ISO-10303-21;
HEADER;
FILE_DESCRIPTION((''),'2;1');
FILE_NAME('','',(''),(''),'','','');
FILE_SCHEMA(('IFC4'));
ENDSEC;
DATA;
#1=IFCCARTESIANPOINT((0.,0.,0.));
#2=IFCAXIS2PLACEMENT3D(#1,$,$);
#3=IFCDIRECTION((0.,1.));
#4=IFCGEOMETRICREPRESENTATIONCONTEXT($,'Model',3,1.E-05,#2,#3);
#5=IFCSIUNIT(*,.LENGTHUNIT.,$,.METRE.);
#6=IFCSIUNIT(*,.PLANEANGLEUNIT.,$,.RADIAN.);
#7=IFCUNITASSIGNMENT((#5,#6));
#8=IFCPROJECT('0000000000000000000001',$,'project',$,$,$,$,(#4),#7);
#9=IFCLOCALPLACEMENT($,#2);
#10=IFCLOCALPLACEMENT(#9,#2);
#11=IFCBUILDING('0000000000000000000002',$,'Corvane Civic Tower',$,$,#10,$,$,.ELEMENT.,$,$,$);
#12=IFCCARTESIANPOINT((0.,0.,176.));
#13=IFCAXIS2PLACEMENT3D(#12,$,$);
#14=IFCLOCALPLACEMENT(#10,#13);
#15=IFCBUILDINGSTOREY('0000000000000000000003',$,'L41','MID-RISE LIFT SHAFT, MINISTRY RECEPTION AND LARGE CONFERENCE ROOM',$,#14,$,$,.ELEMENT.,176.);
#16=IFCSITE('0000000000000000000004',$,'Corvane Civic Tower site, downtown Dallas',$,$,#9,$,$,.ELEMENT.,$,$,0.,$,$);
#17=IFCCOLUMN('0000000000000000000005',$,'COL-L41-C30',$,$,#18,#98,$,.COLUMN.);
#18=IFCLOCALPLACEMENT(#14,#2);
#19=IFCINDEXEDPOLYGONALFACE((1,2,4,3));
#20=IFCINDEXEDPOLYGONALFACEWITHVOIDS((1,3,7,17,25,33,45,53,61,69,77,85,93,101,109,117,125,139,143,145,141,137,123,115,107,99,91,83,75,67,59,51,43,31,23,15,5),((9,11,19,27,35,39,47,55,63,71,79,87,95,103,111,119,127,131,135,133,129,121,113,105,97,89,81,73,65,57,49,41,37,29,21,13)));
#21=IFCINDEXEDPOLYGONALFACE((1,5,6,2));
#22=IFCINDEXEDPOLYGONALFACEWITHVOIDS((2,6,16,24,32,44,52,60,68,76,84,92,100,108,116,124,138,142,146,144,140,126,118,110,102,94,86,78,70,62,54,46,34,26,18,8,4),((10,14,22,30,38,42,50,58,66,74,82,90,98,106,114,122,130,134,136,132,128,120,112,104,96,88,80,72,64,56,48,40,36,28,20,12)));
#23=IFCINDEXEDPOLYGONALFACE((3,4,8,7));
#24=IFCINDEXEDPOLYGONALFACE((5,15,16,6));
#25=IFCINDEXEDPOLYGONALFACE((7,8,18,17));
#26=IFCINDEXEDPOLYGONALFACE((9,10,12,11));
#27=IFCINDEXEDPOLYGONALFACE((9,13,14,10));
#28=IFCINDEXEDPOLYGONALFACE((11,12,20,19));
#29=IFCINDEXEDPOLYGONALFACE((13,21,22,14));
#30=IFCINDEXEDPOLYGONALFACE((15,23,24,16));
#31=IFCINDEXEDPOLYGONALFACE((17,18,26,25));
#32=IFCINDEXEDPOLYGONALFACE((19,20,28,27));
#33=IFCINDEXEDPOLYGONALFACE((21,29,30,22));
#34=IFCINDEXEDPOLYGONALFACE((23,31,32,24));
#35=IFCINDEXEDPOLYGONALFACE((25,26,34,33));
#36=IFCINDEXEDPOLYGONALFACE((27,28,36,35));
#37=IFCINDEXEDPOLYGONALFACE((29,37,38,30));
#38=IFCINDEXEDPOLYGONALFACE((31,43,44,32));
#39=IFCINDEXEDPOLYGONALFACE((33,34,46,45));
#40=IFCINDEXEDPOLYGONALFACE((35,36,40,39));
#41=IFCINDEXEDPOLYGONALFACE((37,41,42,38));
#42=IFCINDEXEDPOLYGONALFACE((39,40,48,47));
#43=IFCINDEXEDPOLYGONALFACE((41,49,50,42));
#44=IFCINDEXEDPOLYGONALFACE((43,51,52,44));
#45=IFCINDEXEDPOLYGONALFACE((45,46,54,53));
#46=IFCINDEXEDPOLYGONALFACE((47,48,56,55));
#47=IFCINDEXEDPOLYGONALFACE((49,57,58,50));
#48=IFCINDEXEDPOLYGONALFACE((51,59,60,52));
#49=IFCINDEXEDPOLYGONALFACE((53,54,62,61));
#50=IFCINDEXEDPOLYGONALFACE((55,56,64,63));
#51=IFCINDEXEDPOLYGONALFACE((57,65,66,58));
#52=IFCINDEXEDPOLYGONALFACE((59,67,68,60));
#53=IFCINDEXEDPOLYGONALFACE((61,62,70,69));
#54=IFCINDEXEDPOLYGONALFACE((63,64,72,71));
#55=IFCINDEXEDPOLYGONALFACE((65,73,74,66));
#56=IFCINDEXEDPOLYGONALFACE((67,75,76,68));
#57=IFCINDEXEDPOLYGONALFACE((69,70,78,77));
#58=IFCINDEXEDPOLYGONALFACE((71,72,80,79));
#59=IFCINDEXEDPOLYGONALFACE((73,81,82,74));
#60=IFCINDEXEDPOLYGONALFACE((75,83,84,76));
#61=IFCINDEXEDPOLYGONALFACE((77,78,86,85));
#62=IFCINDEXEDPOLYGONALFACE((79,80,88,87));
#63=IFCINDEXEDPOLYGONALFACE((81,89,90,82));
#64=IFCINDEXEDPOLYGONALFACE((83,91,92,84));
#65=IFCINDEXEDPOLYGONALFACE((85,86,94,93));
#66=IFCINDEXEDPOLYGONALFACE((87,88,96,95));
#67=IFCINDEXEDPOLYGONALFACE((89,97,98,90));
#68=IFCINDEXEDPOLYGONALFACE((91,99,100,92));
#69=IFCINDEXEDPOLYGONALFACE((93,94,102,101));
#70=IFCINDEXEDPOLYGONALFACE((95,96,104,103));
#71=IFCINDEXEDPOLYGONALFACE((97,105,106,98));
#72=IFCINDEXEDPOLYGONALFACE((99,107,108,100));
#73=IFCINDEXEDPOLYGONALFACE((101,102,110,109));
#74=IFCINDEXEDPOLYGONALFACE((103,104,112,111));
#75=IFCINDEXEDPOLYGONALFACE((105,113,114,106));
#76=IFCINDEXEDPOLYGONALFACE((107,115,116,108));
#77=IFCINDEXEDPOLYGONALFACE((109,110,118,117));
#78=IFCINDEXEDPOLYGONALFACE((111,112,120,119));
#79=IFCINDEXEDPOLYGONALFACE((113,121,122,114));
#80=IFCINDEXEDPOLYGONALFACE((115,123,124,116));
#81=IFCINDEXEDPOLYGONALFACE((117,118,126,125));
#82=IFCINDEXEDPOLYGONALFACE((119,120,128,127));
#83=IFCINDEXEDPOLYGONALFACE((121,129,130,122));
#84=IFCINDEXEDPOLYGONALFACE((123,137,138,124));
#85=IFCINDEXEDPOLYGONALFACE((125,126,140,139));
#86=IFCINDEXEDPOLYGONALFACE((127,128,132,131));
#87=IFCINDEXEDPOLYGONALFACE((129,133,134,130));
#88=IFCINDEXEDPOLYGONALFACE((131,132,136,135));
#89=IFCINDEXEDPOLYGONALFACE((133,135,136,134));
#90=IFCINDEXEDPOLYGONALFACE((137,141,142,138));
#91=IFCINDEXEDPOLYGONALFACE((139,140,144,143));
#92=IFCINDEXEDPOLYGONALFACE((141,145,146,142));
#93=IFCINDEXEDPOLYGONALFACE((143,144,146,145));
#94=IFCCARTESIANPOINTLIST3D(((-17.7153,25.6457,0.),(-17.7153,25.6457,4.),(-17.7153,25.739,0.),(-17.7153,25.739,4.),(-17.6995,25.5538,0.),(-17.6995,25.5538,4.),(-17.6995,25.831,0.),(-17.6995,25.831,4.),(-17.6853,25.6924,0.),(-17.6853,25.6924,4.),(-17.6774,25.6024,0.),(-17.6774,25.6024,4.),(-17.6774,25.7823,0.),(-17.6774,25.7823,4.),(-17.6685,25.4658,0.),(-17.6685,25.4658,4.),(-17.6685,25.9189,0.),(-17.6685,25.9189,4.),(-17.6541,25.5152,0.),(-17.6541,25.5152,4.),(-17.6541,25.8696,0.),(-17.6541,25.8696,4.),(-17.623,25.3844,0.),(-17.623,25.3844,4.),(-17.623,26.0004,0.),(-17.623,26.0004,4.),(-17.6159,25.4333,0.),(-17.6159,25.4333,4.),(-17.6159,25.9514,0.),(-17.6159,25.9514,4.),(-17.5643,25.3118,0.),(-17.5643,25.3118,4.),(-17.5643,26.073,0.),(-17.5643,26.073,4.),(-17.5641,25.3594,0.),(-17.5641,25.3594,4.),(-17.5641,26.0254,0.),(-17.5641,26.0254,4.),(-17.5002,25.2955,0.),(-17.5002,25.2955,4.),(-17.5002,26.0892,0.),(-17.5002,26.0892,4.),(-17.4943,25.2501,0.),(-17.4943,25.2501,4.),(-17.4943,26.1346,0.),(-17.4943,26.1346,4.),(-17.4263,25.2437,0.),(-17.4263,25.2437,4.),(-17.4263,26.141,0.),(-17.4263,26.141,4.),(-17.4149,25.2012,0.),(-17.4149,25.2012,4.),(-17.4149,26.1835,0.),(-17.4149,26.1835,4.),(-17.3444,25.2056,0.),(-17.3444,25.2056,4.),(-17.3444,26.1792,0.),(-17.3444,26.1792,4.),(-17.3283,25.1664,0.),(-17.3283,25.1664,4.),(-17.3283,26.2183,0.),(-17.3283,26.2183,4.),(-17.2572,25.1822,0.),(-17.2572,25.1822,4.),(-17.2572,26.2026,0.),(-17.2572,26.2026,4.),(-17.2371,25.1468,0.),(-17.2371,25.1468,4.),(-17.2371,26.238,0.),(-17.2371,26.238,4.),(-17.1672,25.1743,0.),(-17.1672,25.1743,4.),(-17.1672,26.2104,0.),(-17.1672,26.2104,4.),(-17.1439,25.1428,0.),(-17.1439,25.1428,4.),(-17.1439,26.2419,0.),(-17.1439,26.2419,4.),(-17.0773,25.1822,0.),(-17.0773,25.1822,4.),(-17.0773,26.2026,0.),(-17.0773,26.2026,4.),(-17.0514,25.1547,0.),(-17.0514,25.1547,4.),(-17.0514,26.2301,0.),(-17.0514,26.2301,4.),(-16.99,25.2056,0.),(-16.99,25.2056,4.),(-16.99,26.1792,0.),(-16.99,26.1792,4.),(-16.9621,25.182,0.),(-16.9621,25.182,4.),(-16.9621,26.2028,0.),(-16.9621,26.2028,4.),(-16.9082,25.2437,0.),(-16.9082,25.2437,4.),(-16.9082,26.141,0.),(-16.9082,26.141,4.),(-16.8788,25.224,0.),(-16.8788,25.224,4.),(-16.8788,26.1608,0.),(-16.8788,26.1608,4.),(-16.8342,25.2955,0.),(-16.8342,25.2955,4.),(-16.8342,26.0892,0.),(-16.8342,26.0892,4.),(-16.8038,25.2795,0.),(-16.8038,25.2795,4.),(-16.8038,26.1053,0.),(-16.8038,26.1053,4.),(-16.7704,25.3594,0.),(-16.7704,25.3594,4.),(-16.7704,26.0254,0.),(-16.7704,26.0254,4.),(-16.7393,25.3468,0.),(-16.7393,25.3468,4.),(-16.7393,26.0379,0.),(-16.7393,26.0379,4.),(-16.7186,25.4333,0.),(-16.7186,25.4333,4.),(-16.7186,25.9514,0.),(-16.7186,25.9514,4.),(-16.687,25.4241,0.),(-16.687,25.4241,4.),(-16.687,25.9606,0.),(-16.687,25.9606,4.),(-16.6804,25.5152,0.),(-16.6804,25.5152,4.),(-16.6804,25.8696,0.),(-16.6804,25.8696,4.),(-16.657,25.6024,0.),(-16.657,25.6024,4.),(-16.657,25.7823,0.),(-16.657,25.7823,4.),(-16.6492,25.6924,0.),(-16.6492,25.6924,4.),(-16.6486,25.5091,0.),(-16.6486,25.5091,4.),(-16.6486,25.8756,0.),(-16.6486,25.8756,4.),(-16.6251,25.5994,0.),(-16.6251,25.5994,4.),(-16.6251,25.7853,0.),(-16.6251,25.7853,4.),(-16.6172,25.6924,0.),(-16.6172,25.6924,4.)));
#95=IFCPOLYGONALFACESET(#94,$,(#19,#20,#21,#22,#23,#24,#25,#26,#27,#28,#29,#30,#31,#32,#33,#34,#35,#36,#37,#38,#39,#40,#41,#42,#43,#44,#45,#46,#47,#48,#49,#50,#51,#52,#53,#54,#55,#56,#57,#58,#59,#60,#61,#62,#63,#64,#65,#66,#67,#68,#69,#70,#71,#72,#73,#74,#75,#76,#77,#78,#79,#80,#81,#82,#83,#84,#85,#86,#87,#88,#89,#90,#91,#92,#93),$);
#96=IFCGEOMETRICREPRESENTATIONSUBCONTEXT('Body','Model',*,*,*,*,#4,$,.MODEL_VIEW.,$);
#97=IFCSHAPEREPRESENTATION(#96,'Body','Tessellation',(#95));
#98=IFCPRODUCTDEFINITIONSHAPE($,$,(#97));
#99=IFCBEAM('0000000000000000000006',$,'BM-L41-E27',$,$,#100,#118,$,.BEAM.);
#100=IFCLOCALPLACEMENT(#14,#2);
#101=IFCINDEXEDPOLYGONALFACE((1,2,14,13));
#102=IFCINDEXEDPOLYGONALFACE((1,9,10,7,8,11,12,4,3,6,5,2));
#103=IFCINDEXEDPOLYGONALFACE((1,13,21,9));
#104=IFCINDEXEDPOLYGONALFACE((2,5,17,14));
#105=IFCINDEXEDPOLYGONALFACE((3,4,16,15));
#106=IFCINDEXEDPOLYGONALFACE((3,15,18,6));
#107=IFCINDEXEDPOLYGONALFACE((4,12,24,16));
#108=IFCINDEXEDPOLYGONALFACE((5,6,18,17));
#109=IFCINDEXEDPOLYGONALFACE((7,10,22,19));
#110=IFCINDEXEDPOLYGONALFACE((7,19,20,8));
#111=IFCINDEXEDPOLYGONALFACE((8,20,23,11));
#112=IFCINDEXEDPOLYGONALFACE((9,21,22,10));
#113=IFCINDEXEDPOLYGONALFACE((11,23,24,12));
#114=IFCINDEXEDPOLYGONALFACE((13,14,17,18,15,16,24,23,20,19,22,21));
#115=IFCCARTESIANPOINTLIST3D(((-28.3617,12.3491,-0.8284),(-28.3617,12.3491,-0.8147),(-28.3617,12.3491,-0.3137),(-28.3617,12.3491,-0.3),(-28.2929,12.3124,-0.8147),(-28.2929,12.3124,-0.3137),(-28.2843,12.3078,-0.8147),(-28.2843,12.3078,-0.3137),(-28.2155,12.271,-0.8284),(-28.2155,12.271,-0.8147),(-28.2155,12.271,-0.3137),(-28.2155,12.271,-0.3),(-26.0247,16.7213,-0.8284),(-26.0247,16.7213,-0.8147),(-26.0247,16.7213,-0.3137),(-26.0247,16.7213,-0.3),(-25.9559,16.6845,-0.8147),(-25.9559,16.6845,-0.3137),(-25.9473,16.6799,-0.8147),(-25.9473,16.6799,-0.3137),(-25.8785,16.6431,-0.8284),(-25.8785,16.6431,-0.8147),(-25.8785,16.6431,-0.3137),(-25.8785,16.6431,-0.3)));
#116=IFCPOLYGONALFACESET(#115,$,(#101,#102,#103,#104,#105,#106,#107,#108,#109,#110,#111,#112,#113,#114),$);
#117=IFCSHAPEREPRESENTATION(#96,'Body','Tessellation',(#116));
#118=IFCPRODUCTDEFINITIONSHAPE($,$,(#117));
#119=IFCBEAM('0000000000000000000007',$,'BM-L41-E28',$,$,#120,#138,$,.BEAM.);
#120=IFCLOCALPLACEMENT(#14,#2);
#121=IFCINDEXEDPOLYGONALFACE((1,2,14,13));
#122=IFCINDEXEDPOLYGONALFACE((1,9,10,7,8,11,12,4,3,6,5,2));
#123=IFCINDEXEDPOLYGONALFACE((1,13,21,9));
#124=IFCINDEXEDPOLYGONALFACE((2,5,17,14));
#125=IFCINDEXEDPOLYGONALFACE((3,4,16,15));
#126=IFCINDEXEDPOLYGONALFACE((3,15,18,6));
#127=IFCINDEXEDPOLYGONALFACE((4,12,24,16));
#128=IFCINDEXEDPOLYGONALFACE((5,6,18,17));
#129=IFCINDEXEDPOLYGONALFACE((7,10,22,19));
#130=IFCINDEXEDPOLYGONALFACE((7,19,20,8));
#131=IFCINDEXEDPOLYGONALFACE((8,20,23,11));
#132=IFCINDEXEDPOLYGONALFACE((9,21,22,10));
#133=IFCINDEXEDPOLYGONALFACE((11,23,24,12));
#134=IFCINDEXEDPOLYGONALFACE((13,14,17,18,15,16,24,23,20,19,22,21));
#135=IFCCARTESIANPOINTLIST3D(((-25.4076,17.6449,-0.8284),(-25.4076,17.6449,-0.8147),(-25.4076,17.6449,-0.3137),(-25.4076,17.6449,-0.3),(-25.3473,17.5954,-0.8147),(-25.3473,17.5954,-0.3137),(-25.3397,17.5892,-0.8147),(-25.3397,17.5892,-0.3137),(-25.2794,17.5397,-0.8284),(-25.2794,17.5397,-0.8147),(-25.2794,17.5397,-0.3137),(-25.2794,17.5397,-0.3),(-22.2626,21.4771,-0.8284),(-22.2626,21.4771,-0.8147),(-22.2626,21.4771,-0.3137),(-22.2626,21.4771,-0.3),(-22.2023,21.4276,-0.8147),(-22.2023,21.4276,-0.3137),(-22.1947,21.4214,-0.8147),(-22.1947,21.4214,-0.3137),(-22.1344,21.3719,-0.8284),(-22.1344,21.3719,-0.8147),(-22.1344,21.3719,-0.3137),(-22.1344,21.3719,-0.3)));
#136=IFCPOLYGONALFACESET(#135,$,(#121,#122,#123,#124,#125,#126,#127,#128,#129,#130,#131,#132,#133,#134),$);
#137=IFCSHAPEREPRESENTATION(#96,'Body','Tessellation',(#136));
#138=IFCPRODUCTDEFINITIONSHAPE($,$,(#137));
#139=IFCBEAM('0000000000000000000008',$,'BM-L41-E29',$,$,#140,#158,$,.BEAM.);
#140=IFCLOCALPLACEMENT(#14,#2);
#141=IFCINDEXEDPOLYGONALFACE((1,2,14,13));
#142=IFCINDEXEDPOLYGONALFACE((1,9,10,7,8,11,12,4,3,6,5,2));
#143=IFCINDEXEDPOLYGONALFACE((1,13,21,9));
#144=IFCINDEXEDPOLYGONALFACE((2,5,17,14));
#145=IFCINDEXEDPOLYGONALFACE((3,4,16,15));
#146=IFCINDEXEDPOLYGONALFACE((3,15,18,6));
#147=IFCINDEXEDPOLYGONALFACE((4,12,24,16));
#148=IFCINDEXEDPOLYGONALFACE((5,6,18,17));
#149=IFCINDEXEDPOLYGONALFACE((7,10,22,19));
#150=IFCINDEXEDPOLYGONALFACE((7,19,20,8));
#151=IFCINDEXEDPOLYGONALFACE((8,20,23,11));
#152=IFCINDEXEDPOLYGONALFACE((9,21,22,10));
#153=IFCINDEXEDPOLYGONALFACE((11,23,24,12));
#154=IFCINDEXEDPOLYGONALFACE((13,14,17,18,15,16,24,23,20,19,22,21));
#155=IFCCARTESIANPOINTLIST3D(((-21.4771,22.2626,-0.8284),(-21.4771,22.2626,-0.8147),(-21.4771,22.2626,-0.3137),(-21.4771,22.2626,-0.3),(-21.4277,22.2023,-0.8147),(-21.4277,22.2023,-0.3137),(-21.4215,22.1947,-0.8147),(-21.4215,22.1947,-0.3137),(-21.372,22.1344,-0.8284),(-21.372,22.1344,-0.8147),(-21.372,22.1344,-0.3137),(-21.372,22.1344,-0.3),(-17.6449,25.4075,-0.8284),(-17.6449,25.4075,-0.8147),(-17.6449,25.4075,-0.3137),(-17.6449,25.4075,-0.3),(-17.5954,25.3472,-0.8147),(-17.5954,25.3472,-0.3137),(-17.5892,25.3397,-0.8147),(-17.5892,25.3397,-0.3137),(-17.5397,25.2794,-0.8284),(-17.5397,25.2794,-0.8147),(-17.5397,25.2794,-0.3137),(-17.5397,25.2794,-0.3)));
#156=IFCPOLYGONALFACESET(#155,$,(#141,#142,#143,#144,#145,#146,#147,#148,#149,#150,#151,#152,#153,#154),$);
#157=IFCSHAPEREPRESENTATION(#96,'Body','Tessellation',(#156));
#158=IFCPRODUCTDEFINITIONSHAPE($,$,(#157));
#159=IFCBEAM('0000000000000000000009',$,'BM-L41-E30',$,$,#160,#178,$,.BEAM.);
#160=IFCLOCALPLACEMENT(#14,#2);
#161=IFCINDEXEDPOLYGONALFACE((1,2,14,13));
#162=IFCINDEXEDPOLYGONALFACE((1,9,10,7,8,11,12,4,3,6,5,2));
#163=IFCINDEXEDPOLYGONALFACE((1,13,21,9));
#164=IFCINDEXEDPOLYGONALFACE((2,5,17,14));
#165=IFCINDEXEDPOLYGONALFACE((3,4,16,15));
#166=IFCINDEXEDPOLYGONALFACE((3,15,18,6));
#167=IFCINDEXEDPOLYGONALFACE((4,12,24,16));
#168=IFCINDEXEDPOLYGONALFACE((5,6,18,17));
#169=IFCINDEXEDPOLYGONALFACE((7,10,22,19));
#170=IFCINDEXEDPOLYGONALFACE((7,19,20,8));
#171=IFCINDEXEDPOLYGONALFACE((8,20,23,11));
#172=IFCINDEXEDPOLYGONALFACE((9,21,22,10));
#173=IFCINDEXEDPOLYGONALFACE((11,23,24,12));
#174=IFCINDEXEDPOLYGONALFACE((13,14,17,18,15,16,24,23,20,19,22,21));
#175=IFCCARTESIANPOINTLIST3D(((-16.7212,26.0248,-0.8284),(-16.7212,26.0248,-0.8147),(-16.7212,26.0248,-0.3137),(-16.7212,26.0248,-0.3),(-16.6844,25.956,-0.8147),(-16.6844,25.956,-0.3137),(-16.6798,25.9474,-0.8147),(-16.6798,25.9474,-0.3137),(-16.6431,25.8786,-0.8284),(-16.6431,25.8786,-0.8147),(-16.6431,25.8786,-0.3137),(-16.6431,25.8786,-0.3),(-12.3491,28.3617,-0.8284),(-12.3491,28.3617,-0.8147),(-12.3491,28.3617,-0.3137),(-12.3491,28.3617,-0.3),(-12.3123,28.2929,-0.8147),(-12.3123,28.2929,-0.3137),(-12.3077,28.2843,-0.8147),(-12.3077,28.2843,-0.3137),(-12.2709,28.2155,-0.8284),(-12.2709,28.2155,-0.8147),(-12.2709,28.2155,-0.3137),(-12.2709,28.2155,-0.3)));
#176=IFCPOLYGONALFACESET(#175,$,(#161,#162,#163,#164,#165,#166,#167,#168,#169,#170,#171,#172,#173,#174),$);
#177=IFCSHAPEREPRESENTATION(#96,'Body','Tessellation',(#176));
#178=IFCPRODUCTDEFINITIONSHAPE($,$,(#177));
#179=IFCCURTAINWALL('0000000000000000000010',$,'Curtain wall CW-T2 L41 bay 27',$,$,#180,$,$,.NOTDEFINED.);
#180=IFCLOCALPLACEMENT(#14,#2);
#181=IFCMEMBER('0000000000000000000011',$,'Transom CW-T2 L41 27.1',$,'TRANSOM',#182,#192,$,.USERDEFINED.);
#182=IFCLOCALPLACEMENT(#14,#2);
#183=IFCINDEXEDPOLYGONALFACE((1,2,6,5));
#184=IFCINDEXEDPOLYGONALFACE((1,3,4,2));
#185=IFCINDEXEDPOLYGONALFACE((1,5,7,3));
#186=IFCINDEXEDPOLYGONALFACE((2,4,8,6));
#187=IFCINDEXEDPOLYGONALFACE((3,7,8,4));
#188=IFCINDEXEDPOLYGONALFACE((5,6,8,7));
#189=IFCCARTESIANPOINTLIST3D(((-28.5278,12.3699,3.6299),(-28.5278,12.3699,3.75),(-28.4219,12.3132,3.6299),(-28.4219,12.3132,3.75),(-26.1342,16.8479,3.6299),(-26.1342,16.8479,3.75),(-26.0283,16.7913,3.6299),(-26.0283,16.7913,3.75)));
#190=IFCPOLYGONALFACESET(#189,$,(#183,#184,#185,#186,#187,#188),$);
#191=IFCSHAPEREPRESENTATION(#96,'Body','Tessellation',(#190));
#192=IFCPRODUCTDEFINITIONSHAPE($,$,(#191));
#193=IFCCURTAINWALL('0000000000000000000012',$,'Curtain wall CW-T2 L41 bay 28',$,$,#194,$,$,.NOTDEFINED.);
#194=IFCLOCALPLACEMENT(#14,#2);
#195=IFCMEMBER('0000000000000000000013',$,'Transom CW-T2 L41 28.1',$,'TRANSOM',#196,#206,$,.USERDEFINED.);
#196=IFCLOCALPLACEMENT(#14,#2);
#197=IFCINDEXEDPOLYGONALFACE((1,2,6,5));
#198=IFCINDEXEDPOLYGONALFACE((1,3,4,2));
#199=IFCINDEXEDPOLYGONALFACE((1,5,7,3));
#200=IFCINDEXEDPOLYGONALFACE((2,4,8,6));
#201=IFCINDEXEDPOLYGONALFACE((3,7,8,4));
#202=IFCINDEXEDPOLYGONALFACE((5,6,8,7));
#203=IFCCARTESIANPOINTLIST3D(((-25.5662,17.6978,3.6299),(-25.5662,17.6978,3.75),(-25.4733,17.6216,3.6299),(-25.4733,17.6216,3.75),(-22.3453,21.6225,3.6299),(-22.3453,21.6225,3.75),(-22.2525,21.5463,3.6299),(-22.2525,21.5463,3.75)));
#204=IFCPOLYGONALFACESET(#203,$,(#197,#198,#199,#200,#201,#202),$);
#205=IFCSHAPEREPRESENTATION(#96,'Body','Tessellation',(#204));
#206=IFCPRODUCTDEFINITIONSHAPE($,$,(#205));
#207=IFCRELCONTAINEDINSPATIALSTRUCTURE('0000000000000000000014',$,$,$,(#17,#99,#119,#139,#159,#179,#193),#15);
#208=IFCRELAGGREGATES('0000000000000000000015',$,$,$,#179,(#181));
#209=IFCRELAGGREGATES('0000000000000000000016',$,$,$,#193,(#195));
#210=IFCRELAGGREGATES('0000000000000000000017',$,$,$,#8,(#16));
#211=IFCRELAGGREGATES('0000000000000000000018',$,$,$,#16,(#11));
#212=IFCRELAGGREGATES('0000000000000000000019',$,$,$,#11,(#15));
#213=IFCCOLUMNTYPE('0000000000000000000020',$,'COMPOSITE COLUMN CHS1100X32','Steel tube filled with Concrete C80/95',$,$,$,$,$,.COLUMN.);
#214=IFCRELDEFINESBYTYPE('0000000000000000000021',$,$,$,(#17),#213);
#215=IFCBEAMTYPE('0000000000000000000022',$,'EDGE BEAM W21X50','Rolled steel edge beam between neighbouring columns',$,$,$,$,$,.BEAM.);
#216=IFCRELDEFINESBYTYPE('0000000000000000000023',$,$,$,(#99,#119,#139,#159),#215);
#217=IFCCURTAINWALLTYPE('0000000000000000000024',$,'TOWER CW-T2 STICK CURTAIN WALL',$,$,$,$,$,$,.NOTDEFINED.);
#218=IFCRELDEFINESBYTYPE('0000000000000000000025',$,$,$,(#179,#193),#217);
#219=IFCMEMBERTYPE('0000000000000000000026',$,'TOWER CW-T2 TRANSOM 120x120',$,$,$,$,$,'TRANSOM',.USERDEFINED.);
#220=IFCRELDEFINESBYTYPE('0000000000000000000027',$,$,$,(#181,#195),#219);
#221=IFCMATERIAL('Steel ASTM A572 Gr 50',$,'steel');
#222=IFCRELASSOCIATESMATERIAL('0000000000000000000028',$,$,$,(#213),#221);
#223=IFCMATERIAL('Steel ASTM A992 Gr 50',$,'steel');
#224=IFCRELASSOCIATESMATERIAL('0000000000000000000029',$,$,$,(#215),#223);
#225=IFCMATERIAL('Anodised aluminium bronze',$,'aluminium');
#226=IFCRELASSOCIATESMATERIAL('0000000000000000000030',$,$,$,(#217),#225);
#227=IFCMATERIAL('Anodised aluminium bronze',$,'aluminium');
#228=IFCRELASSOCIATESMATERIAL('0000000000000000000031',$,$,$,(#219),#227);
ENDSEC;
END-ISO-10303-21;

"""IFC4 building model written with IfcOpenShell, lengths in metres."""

from ifc_helpers import new_model, si_unit, direction, frame, origin, origin_2d, place, context, subcontext, project, spatial, rectangle, hollow_circle, i_section, extrude, material, material_profile, profile_set, type_object, element, aggregate, save


model = new_model("IFC4")

# Units and contexts
model_context = context("Model", 3, precision=1e-05, world=origin(), true_north=direction((0.0, 1.0)))
body_context = subcontext(model_context, "Body", "Model", "MODEL_VIEW")
ifc_project = project(units=[si_unit("LENGTHUNIT", "METRE"), si_unit("PLANEANGLEUNIT", "RADIAN")], contexts=[model_context])

# Site, building, storey
site_placement = place(None, origin())
site = spatial("IfcSite", under=ifc_project, at=site_placement, Name="Corvane Civic Tower site, downtown Dallas", CompositionType="ELEMENT", RefElevation=0.0)
building_placement = place(site_placement, origin())
building = spatial("IfcBuilding", under=site, at=building_placement, Name="Corvane Civic Tower", CompositionType="ELEMENT")
storey_placement = place(building_placement, frame((0.0, 0.0, 176.0)))
storey = spatial("IfcBuildingStorey", under=building, at=storey_placement, Name="L41", Description="MID-RISE LIFT SHAFT, MINISTRY RECEPTION AND LARGE CONFERENCE ROOM", CompositionType="ELEMENT", Elevation=176.0)

# Column
ifc_material_1 = material(Name="Steel ASTM A572 Gr 50", Category="steel")
ifc_material_profile_1 = material_profile(ifc_material_1, hollow_circle(Radius=0.55, WallThickness=0.032, at=origin_2d()), Name="CHS1100X32")
ifc_profile_set_1 = profile_set([ifc_material_profile_1], Name="Steel ASTM A572 Gr 50")
column_type = type_object("IfcColumnType", Name="COMPOSITE COLUMN CHS1100X32", Description="Steel tube filled with Concrete C80/95", PredefinedType="COLUMN", material=ifc_profile_set_1)
for number, where, z_axis, x_axis, name in (
    (1, (-17.1672, 25.6924, 0.0), (0.0, 0.0, 1.0), (1.0, 0.0, 0.0), "COL-L41-C30"),
):
    element("IfcColumn", number, at=place(storey_placement, frame(where, z_axis=z_axis, x_axis=x_axis)), inside=storey, type_object=column_type, Name=name, PredefinedType="COLUMN", context=body_context, shape_type="SweptSolid", body=[
        extrude(hollow_circle(Radius=0.55, WallThickness=0.032, at=origin_2d()), origin(), (0.0, 0.0, 1.0), 4.0),
    ])

# Beams
ifc_material_2 = material(Name="Steel ASTM A992 Gr 50", Category="steel")
ifc_material_profile_2 = material_profile(ifc_material_2, i_section(OverallWidth=0.1658, OverallDepth=0.5283, WebThickness=0.0098, FlangeThickness=0.0137, at=origin_2d()), Name="W21X50")
ifc_profile_set_2 = profile_set([ifc_material_profile_2], Name="Steel ASTM A992 Gr 50")
beam_type = type_object("IfcBeamType", Name="EDGE BEAM W21X50", Description="Rolled steel edge beam between neighbouring columns", PredefinedType="BEAM", material=ifc_profile_set_2)
for number, where, z_axis, x_axis, name in (
    (2, (-28.2886, 12.3101, -0.5642), (0.471396, 0.881922, 0.0), (-0.881922, 0.471396, 0.0), "BM-L41-E27"),
    (3, (-25.3435, 17.5923, -0.5642), (0.634388, 0.773015, 0.0), (-0.773015, 0.634388, 0.0), "BM-L41-E28"),
    (4, (-21.4246, 22.1985, -0.5642), (0.773015, 0.634388, 0.0), (-0.634388, 0.773015, 0.0), "BM-L41-E29"),
    (5, (-16.6821, 25.9517, -0.5642), (0.881922, 0.471396, 0.0), (-0.471396, 0.881922, 0.0), "BM-L41-E30"),
):
    element("IfcBeam", number, at=place(storey_placement, frame(where, z_axis=z_axis, x_axis=x_axis)), inside=storey, type_object=beam_type, Name=name, PredefinedType="BEAM", context=body_context, shape_type="SweptSolid", body=[
        extrude(i_section(OverallWidth=0.1658, OverallDepth=0.5283, WebThickness=0.0098, FlangeThickness=0.0137, at=origin_2d()), origin(), (0.0, 0.0, 1.0), 4.9575),
    ])

# Curtain walls, members
ifc_material_3 = material(Name="Anodised aluminium bronze", Category="aluminium")
curtain_wall_type = type_object("IfcCurtainWallType", Name="TOWER CW-T2 STICK CURTAIN WALL", PredefinedType="NOTDEFINED", material=ifc_material_3)
curtain_wall_1_placement = place(storey_placement, origin())
curtain_wall_1 = element("IfcCurtainWall", 6, at=curtain_wall_1_placement, inside=storey, type_object=curtain_wall_type, Name="Curtain wall CW-T2 L41 bay 27", PredefinedType="NOTDEFINED")
ifc_material_4 = material(Name="Anodised aluminium bronze", Category="aluminium")
ifc_material_profile_3 = material_profile(ifc_material_4, rectangle(XDim=0.1201, YDim=0.1201, at=origin_2d()), Name="TOWER CW-T2 TRANSOM 120x120")
ifc_profile_set_3 = profile_set([ifc_material_profile_3], Name="Anodised aluminium bronze")
member_type = type_object("IfcMemberType", Name="TOWER CW-T2 TRANSOM 120x120", ElementType="TRANSOM", PredefinedType="USERDEFINED", material=ifc_profile_set_3)
member_1_placement = place(storey_placement, frame((-28.4749, 12.3416, 3.6899), z_axis=(0.471397, 0.881921, 0.0), x_axis=(-0.881921, 0.471397, 0.0)))
member_1 = element("IfcMember", 7, at=member_1_placement, type_object=member_type, Name="Transom CW-T2 L41 27.1", ObjectType="TRANSOM", PredefinedType="USERDEFINED", context=body_context, shape_type="SweptSolid", body=[
    extrude(rectangle(XDim=0.1201, YDim=0.1201, at=origin_2d()), origin(), (0.0, 0.0, 1.0), 5.0776),
])
curtain_wall_2_placement = place(storey_placement, origin())
curtain_wall_2 = element("IfcCurtainWall", 8, at=curtain_wall_2_placement, inside=storey, type_object=curtain_wall_type, Name="Curtain wall CW-T2 L41 bay 28", PredefinedType="NOTDEFINED")
member_2_placement = place(storey_placement, frame((-25.5198, 17.6597, 3.6899), z_axis=(0.634387, 0.773016, 0.0), x_axis=(-0.773016, 0.634387, 0.0)))
member_2 = element("IfcMember", 9, at=member_2_placement, type_object=member_type, Name="Transom CW-T2 L41 28.1", ObjectType="TRANSOM", PredefinedType="USERDEFINED", context=body_context, shape_type="SweptSolid", body=[
    extrude(rectangle(XDim=0.1201, YDim=0.1201, at=origin_2d()), origin(), (0.0, 0.0, 1.0), 5.0771),
])

aggregate(curtain_wall_1, [member_1])
aggregate(curtain_wall_2, [member_2])

save(model, "model.ifc")
